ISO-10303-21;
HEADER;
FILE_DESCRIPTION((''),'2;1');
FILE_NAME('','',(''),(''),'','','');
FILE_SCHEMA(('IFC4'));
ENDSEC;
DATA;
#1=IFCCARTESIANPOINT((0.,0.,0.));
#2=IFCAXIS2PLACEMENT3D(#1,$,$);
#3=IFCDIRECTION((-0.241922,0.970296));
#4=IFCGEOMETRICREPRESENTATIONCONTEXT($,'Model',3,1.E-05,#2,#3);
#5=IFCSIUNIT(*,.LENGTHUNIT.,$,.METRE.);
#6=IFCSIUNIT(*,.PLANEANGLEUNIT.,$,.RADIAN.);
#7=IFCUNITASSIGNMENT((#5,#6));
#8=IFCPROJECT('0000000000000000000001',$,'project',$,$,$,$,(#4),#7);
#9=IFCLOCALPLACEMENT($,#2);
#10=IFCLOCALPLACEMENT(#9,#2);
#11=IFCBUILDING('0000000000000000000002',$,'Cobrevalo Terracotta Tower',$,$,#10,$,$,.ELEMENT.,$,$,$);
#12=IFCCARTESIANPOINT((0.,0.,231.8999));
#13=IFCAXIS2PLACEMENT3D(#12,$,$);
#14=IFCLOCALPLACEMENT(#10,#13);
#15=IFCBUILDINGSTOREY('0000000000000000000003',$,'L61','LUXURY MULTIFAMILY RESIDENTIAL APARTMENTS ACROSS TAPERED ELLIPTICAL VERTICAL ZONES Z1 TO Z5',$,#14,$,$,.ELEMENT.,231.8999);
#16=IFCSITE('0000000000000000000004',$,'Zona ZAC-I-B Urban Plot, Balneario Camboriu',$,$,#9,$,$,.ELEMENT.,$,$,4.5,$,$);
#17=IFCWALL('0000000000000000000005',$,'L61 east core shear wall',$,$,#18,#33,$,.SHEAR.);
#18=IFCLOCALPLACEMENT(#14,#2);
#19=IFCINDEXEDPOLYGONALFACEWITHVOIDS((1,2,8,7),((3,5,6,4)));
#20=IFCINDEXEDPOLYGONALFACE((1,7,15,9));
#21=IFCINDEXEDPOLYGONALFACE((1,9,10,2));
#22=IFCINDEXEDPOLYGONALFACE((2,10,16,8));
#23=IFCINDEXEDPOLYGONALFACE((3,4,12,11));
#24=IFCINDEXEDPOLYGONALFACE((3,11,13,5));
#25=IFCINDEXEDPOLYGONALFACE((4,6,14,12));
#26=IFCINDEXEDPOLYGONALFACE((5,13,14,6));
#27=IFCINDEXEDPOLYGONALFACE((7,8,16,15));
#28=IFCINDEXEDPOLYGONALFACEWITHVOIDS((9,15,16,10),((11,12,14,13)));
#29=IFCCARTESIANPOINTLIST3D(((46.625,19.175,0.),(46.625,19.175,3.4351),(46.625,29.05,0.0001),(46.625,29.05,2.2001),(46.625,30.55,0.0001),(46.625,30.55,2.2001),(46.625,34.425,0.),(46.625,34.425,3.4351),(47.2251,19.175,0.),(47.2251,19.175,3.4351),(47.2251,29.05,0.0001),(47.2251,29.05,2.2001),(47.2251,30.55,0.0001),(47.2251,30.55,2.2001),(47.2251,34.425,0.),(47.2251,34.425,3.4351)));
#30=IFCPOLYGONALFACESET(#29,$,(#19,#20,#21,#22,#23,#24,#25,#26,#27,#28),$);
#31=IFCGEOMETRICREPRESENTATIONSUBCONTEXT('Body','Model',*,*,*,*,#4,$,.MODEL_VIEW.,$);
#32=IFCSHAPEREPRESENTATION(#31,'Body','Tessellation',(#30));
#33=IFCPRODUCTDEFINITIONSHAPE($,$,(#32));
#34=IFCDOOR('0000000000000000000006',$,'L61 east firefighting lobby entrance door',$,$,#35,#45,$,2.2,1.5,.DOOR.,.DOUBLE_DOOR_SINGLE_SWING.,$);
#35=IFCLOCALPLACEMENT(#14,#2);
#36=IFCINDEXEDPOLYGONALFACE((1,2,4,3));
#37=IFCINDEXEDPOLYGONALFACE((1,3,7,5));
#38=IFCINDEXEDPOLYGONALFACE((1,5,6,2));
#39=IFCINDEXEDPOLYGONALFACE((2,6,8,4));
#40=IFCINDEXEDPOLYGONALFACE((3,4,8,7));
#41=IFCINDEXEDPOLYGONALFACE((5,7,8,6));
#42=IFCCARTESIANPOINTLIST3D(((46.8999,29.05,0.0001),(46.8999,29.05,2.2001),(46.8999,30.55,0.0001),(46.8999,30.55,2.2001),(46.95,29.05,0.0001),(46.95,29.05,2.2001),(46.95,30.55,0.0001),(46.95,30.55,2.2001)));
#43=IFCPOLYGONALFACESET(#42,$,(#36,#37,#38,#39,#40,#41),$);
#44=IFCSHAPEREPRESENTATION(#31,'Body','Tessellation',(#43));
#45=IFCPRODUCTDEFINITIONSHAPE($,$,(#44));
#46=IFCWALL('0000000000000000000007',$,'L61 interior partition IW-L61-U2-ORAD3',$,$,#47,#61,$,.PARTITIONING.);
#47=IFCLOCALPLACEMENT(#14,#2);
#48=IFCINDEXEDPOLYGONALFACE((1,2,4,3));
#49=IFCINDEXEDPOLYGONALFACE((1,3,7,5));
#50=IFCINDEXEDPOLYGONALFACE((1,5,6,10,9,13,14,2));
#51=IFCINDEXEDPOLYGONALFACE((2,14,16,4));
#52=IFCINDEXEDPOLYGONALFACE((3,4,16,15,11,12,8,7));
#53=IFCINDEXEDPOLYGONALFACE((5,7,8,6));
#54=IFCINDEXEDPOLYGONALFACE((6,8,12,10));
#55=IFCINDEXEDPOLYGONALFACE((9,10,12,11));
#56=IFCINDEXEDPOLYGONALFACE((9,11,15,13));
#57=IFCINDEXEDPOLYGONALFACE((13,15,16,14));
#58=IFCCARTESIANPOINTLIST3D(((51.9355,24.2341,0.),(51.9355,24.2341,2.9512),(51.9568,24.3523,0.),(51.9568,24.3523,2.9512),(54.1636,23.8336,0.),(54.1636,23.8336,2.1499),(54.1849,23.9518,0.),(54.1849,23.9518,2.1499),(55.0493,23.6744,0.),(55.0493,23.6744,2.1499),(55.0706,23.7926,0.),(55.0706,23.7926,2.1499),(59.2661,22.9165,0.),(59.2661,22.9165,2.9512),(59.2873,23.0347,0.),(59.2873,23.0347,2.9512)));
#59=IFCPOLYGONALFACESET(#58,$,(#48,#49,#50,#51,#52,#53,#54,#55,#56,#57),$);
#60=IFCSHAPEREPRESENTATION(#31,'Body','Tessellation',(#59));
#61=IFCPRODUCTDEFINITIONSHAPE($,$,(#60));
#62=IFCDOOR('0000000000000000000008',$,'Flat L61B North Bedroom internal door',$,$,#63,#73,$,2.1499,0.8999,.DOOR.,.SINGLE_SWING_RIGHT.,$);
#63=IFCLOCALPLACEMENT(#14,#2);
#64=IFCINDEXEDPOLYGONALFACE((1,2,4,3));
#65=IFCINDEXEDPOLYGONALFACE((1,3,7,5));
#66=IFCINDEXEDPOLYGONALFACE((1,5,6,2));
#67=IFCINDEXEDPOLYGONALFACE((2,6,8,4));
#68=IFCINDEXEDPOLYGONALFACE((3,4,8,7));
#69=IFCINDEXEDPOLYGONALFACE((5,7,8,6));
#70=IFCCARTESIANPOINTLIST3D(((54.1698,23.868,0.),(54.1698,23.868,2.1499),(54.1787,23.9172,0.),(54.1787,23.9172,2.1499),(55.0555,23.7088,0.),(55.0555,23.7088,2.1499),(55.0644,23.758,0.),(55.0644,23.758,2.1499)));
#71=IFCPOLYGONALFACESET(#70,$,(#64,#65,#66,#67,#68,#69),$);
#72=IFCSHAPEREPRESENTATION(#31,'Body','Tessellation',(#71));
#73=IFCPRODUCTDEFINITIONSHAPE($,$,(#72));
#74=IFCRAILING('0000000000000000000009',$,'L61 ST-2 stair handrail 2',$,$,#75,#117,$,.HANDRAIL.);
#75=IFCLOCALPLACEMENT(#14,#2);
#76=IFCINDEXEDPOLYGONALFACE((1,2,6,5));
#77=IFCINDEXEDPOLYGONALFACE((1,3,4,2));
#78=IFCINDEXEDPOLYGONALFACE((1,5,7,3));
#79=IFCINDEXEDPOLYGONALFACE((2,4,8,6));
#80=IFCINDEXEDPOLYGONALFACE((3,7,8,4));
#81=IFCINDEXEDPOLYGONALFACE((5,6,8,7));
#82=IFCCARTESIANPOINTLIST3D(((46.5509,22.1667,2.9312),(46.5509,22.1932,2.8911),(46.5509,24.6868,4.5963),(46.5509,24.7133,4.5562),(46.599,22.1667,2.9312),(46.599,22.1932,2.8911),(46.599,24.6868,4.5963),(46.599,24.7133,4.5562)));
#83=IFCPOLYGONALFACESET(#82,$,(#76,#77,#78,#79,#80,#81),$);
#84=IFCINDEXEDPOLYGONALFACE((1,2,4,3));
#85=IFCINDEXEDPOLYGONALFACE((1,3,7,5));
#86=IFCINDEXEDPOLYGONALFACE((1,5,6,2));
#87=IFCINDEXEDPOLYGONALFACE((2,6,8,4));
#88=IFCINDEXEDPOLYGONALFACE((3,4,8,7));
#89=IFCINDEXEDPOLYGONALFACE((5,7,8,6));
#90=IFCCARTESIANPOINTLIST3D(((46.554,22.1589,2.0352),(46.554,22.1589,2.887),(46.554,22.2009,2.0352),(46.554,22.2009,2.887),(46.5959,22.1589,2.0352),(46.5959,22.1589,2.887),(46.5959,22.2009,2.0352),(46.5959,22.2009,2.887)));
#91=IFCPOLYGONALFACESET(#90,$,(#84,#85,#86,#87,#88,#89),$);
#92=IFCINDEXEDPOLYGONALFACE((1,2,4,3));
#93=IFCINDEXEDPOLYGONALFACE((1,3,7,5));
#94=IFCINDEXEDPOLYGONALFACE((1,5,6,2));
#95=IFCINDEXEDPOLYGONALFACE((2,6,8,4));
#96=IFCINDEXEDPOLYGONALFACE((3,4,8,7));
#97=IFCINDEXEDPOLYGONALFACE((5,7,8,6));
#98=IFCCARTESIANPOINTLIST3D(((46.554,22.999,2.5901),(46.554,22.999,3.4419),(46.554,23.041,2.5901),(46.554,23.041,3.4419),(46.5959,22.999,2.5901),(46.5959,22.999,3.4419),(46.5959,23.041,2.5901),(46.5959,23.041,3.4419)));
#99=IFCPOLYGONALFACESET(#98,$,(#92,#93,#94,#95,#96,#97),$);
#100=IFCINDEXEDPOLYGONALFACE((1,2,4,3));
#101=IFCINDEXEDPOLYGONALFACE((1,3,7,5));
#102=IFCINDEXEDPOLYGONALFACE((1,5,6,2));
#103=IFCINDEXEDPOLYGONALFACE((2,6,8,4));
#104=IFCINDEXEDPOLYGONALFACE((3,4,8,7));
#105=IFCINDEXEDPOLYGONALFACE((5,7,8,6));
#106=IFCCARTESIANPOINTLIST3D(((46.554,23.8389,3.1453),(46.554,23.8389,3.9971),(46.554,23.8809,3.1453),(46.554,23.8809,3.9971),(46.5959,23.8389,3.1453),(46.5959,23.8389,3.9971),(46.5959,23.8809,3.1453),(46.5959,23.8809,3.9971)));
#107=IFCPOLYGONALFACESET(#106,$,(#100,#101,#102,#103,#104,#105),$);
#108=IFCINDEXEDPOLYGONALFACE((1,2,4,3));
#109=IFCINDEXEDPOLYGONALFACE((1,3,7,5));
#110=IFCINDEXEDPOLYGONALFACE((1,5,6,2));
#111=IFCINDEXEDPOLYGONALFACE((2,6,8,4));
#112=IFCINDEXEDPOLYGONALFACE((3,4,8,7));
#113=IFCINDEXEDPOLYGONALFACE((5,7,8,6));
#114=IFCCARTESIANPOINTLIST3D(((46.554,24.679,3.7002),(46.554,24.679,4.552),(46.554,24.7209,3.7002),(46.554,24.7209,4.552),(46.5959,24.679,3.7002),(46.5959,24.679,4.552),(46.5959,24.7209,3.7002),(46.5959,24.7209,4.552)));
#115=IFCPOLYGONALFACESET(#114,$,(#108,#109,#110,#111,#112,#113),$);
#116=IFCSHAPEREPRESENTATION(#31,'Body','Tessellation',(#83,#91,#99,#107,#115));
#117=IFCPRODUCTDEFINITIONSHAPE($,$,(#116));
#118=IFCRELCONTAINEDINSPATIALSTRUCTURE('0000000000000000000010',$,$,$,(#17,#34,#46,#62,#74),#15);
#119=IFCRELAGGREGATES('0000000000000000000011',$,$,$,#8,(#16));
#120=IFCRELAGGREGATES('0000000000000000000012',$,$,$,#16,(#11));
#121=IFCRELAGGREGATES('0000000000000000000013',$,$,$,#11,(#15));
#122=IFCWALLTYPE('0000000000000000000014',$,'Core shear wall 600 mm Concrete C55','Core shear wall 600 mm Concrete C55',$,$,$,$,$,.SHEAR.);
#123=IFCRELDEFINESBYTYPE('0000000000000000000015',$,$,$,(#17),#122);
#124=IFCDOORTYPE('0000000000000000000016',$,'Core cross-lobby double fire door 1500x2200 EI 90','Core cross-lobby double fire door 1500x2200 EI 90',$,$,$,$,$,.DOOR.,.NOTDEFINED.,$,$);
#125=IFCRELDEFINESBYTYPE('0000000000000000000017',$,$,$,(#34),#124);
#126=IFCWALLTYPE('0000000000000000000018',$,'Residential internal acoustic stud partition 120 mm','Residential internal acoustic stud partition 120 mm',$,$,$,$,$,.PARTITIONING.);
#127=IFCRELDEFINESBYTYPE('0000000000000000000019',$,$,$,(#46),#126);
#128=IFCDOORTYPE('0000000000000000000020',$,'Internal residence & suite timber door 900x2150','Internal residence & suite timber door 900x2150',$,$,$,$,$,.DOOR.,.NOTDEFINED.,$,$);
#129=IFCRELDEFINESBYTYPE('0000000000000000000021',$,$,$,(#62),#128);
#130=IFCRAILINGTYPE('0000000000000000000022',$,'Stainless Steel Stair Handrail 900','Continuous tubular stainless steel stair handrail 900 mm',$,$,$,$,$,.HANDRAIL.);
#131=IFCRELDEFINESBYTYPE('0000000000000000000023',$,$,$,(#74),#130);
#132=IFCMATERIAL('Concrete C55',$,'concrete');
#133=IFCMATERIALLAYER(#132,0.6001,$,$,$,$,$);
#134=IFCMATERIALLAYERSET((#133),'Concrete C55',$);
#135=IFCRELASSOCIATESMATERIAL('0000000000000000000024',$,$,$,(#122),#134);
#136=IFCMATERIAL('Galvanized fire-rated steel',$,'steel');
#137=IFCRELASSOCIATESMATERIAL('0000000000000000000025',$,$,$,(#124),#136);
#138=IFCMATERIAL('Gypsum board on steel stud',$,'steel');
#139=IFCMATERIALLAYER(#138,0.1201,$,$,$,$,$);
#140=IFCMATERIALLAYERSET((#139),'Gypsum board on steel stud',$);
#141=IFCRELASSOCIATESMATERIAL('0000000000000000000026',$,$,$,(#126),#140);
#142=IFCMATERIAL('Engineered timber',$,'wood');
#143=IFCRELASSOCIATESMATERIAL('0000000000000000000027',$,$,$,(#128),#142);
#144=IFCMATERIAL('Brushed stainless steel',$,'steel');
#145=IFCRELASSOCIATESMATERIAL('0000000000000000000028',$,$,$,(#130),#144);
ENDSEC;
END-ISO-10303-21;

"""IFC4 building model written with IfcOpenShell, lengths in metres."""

from ifc_helpers import new_model, si_unit, direction, frame, frame_2d, origin, origin_2d, place, context, subcontext, project, spatial, rectangle, extrude, source, transform, mapped, material, layer, layer_set, type_object, element, fill, save


model = new_model("IFC4")

# Units and contexts
model_context = context("Model", 3, precision=1e-05, world=origin(), true_north=direction((-0.241922, 0.970296)))
body_context = subcontext(model_context, "Body", "Model", "MODEL_VIEW")
ifc_project = project(units=[si_unit("LENGTHUNIT", "METRE"), si_unit("PLANEANGLEUNIT", "RADIAN")], contexts=[model_context])

# Site, building, storey
site_placement = place(None, origin())
site = spatial("IfcSite", under=ifc_project, at=site_placement, Name="Zona ZAC-I-B Urban Plot, Balneario Camboriu", CompositionType="ELEMENT", RefElevation=4.5)
building_placement = place(site_placement, origin())
building = spatial("IfcBuilding", under=site, at=building_placement, Name="Cobrevalo Terracotta Tower", CompositionType="ELEMENT")
storey_placement = place(building_placement, frame((0.0, 0.0, 231.8999)))
storey = spatial("IfcBuildingStorey", under=building, at=storey_placement, Name="L61", Description="LUXURY MULTIFAMILY RESIDENTIAL APARTMENTS ACROSS TAPERED ELLIPTICAL VERTICAL ZONES Z1 TO Z5", CompositionType="ELEMENT", Elevation=231.8999)

# Walls, openings, doors
ifc_material_1 = material(Name="Concrete C55", Category="concrete")
ifc_layer_1 = layer(ifc_material_1, 0.6001)
ifc_layer_set_1 = layer_set([ifc_layer_1], Name="Concrete C55")
wall_type_1 = type_object("IfcWallType", Name="Core shear wall 600 mm Concrete C55", Description="Core shear wall 600 mm Concrete C55", PredefinedType="SHEAR", material=ifc_layer_set_1)
wall_1_placement = place(storey_placement, frame((46.925, 19.175, 0.0), z_axis=(0.0, 0.0, 1.0), x_axis=(0.0, 1.0, 0.0)))
wall_1 = element("IfcWall", 1, at=wall_1_placement, inside=storey, type_object=wall_type_1, Name="L61 east core shear wall", PredefinedType="SHEAR", context=body_context, shape_type="SweptSolid", body=[
    extrude(rectangle(XDim=15.25, YDim=0.6001, at=frame_2d((7.625, 0.0))), origin(), (0.0, 0.0, 1.0), 3.4351),
])
opening_1_placement = place(wall_1_placement, frame((9.875, 0.0, 0.0)))
opening_1 = element("IfcOpeningElement", 2, at=opening_1_placement, cuts=wall_1, PredefinedType="OPENING", context=body_context, shape_type="SweptSolid", body=[
    extrude(rectangle(XDim=1.5, YDim=2.2, at=frame_2d((0.75, 1.1001))), frame((0.0, 0.3101, 0.0), z_axis=(0.0, -1.0, 0.0), x_axis=(1.0, 0.0, 0.0)), (0.0, 0.0, 1.0), 0.6201),
])
ifc_material_2 = material(Name="Galvanized fire-rated steel", Category="steel")
door_type_1 = type_object("IfcDoorType", Name="Core cross-lobby double fire door 1500x2200 EI 90", Description="Core cross-lobby double fire door 1500x2200 EI 90", OperationType="NOTDEFINED", PredefinedType="DOOR", material=ifc_material_2)
shared_shape_1 = source(origin(), body_context, "Body", "SweptSolid", [
    extrude(rectangle(XDim=1.5, YDim=2.2, at=frame_2d((0.75, 1.1001))), frame((0.0, 0.0249, 0.0), z_axis=(0.0, -1.0, 0.0), x_axis=(1.0, 0.0, 0.0)), (0.0, 0.0, 1.0), 0.05),
])
door_1_placement = place(opening_1_placement, frame((1.5, 0.0, 0.0), z_axis=(0.0, 0.0, 1.0), x_axis=(-1.0, 0.0, 0.0)))
door_1 = element("IfcDoor", 3, at=door_1_placement, inside=storey, type_object=door_type_1, Name="L61 east firefighting lobby entrance door", OperationType="DOUBLE_DOOR_SINGLE_SWING", OverallHeight=2.2, OverallWidth=1.5, PredefinedType="DOOR", context=body_context, shape_type="MappedRepresentation", body=[
    mapped(shared_shape_1, transform((0.0, 0.0, 0.0), scale=1.0)),
])
fill(opening_1, door_1)
ifc_material_3 = material(Name="Gypsum board on steel stud", Category="steel")
ifc_layer_2 = layer(ifc_material_3, 0.1201)
ifc_layer_set_2 = layer_set([ifc_layer_2], Name="Gypsum board on steel stud")
wall_type_2 = type_object("IfcWallType", Name="Residential internal acoustic stud partition 120 mm", Description="Residential internal acoustic stud partition 120 mm", PredefinedType="PARTITIONING", material=ifc_layer_set_2)
wall_2_placement = place(storey_placement, frame((51.946, 24.2932, 0.0), z_axis=(0.0, 0.0, 1.0), x_axis=(0.984227, -0.176909, 0.0)))
wall_2 = element("IfcWall", 4, at=wall_2_placement, inside=storey, type_object=wall_type_2, Name="L61 interior partition IW-L61-U2-ORAD3", PredefinedType="PARTITIONING", context=body_context, shape_type="SweptSolid", body=[
    extrude(rectangle(XDim=7.448, YDim=0.1201, at=frame_2d((3.7241, 0.0))), origin(), (0.0, 0.0, 1.0), 2.9512),
])
opening_2_placement = place(wall_2_placement, frame((2.2639, 0.0, 0.0)))
opening_2 = element("IfcOpeningElement", 5, at=opening_2_placement, cuts=wall_2, PredefinedType="OPENING", context=body_context, shape_type="SweptSolid", body=[
    extrude(rectangle(XDim=0.8999, YDim=2.1499, at=frame_2d((0.45, 1.075))), frame((0.0, 0.0701, 0.0), z_axis=(0.0, -1.0, 0.0), x_axis=(1.0, 0.0, 0.0)), (0.0, 0.0, 1.0), 0.1401),
])
ifc_material_4 = material(Name="Engineered timber", Category="wood")
door_type_2 = type_object("IfcDoorType", Name="Internal residence & suite timber door 900x2150", Description="Internal residence & suite timber door 900x2150", OperationType="NOTDEFINED", PredefinedType="DOOR", material=ifc_material_4)
shared_shape_2 = source(origin(), body_context, "Body", "SweptSolid", [
    extrude(rectangle(XDim=0.8999, YDim=2.1499, at=frame_2d((0.45, 1.075))), frame((0.0, 0.0249, 0.0), z_axis=(0.0, -1.0, 0.0), x_axis=(1.0, 0.0, 0.0)), (0.0, 0.0, 1.0), 0.05),
])
door_2_placement = place(opening_2_placement, origin())
door_2 = element("IfcDoor", 6, at=door_2_placement, inside=storey, type_object=door_type_2, Name="Flat L61B North Bedroom internal door", OperationType="SINGLE_SWING_RIGHT", OverallHeight=2.1499, OverallWidth=0.8999, PredefinedType="DOOR", context=body_context, shape_type="MappedRepresentation", body=[
    mapped(shared_shape_2, transform((0.0, 0.0, 0.0), scale=1.0)),
])
fill(opening_2, door_2)

# Railing
ifc_material_5 = material(Name="Brushed stainless steel", Category="steel")
railing_type = type_object("IfcRailingType", Name="Stainless Steel Stair Handrail 900", Description="Continuous tubular stainless steel stair handrail 900 mm", PredefinedType="HANDRAIL", material=ifc_material_5)
railing_placement = place(storey_placement, frame((46.575, 22.1799, 2.0352)))
element("IfcRailing", 7, at=railing_placement, inside=storey, type_object=railing_type, Name="L61 ST-2 stair handrail 2", PredefinedType="HANDRAIL", context=body_context, shape_type="SweptSolid", body=[
    extrude(rectangle(XDim=0.0481, YDim=0.0481, at=origin_2d()), frame((0.0, 0.0, 0.876), z_axis=(0.0, 0.834331, 0.551263), x_axis=(-1.0, 0.0, 0.0)), (0.0, 0.0, 1.0), 3.0205),
    extrude(rectangle(XDim=0.042, YDim=0.042, at=origin_2d()), origin(), (0.0, 0.0, 1.0), 0.8518),
    extrude(rectangle(XDim=0.042, YDim=0.042, at=origin_2d()), frame((0.0, 0.8401, 0.5549)), (0.0, 0.0, 1.0), 0.8518),
    extrude(rectangle(XDim=0.042, YDim=0.042, at=origin_2d()), frame((0.0, 1.6799, 1.1101)), (0.0, 0.0, 1.0), 0.8518),
    extrude(rectangle(XDim=0.042, YDim=0.042, at=origin_2d()), frame((0.0, 2.52, 1.665)), (0.0, 0.0, 1.0), 0.8518),
])

save(model, "model.ifc")
